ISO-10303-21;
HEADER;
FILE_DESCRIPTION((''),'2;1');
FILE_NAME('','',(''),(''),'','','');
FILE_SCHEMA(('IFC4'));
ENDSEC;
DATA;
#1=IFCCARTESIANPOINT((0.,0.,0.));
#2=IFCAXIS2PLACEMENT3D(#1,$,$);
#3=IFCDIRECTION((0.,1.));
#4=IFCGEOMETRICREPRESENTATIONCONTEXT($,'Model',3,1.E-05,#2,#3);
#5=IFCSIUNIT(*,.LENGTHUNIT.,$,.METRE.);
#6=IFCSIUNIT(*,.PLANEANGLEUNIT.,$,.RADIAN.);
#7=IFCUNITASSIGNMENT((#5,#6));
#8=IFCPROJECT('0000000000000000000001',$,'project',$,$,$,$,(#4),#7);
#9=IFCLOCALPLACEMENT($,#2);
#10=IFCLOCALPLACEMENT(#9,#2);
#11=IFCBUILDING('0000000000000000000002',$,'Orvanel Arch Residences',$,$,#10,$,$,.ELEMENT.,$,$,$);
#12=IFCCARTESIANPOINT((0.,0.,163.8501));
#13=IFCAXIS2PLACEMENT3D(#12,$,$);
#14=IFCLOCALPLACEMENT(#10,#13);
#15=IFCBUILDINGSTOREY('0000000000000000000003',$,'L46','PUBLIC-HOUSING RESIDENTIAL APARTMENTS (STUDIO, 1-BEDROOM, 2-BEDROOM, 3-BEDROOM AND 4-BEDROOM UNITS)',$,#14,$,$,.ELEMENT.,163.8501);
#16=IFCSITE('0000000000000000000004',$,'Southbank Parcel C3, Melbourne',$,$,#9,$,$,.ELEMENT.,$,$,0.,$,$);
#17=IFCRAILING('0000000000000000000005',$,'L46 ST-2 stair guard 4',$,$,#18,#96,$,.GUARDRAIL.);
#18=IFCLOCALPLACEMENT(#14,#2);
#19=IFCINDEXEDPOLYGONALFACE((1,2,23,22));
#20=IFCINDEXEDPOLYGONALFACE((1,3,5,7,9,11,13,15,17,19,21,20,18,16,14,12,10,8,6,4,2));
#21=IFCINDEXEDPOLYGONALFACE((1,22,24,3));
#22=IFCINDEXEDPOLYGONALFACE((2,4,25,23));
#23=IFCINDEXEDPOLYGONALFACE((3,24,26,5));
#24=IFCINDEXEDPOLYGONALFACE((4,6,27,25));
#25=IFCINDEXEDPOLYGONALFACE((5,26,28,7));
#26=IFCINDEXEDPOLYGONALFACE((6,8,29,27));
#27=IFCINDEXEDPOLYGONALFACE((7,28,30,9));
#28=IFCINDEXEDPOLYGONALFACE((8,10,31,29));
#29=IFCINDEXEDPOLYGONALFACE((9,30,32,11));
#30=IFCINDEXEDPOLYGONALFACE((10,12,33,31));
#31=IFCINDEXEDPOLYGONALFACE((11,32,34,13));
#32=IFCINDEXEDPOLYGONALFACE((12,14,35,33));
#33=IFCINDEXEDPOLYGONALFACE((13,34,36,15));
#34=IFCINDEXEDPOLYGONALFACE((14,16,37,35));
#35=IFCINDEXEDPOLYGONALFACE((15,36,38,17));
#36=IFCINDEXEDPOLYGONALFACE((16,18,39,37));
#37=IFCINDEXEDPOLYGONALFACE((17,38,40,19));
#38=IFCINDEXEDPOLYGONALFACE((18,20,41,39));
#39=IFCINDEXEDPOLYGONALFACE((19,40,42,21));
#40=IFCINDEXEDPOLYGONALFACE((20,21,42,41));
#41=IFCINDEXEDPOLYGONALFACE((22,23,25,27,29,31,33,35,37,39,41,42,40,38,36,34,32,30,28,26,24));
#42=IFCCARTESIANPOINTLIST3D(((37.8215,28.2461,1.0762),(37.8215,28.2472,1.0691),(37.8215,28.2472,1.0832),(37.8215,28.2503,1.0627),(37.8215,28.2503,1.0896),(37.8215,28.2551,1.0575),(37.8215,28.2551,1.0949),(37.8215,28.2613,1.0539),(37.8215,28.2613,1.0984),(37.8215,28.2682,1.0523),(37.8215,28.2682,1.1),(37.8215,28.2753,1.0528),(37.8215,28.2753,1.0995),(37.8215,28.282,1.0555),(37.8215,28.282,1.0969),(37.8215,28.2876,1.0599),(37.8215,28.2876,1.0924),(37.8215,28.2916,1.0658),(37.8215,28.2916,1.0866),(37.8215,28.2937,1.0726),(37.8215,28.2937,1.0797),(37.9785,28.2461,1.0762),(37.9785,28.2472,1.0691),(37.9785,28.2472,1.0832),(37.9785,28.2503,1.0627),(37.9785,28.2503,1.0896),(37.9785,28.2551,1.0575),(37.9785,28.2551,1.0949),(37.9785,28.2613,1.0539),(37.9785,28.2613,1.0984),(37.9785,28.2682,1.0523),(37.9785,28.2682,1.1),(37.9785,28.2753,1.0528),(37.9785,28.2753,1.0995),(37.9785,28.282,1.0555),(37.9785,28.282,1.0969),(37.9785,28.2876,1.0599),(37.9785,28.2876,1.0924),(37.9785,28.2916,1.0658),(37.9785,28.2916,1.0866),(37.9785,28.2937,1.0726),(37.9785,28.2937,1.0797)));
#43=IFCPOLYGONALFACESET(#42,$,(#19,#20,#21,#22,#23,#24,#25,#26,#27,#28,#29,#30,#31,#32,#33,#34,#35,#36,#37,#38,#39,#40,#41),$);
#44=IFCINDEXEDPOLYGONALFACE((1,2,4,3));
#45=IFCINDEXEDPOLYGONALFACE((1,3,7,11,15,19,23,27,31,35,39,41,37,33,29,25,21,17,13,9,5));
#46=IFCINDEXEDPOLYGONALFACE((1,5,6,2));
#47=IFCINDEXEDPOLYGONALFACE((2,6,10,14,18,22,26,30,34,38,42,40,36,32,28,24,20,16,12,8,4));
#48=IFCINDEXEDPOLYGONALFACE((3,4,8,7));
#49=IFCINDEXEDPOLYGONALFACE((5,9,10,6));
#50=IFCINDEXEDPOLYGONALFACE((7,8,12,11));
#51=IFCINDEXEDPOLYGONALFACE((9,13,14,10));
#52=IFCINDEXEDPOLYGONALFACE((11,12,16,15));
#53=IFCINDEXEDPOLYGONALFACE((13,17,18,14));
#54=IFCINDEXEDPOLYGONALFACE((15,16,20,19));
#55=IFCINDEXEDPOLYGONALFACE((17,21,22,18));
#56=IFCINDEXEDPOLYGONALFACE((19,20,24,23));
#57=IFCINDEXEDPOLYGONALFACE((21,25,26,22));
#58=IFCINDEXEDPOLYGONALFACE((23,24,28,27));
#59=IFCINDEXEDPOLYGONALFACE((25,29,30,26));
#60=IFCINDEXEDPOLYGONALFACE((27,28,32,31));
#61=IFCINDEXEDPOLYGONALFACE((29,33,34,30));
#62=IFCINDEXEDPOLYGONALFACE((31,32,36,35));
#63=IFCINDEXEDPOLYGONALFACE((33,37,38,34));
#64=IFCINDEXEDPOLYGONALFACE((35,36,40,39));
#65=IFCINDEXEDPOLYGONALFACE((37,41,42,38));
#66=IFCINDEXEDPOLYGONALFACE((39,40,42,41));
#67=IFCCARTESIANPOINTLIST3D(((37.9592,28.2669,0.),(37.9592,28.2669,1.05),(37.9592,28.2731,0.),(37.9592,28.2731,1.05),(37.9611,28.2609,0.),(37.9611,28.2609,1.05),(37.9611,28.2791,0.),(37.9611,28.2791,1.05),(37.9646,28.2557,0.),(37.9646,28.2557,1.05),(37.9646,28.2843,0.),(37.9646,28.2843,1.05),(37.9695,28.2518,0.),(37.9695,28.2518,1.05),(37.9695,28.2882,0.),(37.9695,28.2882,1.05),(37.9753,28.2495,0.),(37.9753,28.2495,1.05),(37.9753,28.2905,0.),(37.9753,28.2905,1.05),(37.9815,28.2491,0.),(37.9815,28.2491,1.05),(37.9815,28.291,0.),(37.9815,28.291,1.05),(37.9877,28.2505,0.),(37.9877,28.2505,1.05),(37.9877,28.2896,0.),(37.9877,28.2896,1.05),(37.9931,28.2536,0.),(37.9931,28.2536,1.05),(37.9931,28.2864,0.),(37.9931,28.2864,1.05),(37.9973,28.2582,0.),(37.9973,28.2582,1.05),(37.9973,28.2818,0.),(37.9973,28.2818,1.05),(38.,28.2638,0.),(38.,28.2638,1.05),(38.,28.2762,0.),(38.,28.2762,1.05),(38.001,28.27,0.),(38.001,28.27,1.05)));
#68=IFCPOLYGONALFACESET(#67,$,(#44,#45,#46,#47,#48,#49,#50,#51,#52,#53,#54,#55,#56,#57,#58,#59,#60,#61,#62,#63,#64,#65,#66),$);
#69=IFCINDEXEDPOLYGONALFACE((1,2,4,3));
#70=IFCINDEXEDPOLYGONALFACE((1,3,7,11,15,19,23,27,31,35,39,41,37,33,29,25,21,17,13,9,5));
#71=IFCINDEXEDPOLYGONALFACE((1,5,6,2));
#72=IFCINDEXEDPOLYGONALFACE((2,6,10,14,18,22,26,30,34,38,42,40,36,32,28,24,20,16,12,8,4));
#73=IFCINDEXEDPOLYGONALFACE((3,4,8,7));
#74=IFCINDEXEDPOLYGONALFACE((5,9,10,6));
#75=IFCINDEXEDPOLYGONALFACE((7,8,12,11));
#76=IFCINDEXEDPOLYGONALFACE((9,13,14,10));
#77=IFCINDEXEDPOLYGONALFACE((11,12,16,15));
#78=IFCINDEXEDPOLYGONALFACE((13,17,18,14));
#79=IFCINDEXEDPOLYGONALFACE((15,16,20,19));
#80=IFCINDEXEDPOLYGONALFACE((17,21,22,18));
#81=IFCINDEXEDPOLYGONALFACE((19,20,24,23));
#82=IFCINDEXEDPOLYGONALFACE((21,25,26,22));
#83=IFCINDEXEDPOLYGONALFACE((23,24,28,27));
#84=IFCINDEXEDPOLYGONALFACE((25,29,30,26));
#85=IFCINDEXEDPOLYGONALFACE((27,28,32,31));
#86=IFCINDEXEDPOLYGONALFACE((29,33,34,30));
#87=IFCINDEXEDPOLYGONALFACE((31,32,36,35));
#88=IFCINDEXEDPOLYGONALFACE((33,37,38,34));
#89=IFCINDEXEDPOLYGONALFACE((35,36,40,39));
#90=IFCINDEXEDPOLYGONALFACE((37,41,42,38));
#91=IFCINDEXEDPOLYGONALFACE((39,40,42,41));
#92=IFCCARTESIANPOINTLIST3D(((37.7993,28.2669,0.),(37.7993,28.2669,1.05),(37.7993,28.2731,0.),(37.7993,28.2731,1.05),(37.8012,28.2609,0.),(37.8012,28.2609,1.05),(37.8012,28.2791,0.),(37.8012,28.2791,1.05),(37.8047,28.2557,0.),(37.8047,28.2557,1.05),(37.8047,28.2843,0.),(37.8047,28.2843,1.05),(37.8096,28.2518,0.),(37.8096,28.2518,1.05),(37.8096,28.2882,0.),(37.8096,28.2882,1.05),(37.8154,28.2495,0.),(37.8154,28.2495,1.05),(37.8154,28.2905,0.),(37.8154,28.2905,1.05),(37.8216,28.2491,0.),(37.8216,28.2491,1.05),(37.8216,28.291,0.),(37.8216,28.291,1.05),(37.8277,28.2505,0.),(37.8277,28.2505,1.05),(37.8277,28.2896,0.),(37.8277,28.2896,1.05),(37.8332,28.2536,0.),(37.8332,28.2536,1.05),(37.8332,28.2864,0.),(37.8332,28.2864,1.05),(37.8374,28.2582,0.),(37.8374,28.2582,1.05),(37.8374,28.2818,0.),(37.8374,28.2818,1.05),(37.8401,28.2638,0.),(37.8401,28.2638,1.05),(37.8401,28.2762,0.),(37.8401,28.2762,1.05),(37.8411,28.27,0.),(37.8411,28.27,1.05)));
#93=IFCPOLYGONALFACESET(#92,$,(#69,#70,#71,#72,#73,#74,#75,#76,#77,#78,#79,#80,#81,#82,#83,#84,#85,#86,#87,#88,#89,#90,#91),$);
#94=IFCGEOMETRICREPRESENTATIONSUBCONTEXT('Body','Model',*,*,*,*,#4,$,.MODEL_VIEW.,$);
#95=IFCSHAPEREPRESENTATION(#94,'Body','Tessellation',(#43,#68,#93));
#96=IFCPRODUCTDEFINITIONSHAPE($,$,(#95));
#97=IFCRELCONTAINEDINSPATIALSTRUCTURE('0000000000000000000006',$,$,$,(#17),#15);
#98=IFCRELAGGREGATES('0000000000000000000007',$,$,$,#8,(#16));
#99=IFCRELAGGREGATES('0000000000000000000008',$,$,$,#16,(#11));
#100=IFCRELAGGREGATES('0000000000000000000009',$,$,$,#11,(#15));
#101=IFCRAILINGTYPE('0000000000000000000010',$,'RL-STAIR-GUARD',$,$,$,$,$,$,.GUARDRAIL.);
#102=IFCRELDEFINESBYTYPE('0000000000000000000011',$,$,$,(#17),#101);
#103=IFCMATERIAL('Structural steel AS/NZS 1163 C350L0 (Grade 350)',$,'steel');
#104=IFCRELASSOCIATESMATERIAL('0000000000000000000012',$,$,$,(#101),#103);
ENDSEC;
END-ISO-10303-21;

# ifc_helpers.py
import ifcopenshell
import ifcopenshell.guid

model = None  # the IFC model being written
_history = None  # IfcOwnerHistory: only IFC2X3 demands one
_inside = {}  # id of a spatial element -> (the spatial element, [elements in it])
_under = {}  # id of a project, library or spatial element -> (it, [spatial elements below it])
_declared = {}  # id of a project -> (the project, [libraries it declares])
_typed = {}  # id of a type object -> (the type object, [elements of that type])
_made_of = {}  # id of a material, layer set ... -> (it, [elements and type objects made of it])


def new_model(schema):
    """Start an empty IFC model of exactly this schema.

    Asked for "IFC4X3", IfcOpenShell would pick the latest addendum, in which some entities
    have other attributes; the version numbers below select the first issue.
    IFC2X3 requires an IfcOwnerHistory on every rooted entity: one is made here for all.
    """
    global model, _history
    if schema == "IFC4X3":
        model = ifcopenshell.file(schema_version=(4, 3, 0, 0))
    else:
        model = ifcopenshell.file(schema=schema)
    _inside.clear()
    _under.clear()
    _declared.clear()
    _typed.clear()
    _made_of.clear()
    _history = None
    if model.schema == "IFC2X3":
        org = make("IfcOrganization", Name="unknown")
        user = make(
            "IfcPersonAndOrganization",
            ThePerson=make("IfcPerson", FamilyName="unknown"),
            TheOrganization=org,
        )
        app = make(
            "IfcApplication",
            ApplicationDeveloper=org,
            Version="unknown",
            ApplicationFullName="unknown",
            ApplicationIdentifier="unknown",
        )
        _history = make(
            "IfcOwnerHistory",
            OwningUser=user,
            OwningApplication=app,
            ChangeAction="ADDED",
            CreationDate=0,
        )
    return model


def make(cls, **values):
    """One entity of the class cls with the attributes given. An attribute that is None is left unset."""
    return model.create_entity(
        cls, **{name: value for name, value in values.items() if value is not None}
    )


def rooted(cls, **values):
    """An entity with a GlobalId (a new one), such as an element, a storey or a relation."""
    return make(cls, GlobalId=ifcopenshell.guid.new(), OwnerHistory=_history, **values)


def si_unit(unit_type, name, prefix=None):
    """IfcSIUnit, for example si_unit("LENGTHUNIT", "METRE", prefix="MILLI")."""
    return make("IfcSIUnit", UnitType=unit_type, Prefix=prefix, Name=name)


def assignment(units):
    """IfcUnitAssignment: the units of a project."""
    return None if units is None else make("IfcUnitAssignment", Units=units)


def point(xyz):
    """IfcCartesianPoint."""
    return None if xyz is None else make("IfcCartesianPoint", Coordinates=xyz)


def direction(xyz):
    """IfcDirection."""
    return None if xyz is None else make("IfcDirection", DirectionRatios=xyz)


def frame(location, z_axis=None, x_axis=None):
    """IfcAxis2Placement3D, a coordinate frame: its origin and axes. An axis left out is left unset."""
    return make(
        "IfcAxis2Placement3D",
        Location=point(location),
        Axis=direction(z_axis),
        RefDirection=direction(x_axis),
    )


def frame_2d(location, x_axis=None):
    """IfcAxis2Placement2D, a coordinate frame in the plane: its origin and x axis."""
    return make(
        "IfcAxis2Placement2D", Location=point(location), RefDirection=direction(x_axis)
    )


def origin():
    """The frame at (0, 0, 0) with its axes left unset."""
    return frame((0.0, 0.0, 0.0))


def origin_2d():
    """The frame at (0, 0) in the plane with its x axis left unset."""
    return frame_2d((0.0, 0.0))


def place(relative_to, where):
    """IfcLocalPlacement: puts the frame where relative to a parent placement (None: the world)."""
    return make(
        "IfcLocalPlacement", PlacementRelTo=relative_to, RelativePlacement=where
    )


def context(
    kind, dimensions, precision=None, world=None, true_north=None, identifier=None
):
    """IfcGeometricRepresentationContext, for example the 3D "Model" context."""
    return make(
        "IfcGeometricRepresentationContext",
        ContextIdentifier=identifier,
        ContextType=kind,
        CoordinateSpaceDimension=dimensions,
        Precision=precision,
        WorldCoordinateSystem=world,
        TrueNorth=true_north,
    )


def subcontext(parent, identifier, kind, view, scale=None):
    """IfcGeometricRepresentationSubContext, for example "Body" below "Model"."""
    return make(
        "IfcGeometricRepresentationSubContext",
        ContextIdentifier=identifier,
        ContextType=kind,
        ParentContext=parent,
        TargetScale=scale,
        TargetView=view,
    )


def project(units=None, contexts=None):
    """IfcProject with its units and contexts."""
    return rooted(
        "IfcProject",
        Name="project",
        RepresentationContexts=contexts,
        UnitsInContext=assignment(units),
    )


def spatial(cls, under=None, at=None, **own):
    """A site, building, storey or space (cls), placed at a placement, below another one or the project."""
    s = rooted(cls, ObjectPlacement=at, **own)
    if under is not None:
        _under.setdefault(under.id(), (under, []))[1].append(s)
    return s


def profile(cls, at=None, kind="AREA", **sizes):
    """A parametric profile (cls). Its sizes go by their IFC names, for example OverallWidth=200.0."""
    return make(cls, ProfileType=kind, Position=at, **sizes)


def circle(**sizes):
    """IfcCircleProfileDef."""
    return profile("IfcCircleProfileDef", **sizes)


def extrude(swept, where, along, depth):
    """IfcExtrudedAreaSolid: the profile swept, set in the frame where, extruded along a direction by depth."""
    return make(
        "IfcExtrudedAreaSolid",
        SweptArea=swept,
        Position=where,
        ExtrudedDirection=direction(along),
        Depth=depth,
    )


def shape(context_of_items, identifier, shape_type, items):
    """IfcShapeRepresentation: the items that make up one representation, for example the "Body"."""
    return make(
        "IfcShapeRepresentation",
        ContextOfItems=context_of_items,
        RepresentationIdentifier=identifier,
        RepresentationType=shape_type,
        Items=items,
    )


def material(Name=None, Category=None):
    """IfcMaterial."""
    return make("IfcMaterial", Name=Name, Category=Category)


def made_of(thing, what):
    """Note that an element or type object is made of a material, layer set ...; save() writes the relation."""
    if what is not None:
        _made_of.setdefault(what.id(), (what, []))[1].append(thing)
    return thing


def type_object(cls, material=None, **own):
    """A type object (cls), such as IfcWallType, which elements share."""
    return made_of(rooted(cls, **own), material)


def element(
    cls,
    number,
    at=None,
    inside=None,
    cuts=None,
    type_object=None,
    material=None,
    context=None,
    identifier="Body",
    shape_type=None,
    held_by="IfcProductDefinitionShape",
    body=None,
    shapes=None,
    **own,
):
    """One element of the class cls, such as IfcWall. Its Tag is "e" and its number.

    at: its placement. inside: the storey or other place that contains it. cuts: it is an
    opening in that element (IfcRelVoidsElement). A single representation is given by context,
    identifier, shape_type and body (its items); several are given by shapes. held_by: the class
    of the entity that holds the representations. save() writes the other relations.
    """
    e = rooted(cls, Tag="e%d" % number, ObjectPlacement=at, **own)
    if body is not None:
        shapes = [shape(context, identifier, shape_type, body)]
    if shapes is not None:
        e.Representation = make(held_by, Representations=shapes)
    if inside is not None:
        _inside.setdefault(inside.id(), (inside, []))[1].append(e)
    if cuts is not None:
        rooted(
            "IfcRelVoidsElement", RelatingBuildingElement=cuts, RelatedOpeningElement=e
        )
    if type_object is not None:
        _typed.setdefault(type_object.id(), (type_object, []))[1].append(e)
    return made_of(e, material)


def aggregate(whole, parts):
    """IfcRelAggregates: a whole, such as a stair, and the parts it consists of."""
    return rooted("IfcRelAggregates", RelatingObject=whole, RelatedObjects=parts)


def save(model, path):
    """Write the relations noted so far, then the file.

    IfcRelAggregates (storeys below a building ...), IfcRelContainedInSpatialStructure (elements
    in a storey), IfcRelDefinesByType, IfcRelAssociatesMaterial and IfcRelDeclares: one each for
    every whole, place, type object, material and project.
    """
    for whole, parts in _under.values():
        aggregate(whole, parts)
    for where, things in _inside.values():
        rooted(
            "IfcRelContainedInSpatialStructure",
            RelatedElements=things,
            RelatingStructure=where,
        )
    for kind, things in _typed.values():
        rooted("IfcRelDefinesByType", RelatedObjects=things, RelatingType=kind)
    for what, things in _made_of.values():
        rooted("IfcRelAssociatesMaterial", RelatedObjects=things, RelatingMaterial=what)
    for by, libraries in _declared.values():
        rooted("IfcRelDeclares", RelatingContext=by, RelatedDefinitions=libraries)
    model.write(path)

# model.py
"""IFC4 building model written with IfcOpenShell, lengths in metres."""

from ifc_helpers import new_model, si_unit, direction, frame, origin, origin_2d, place, context, subcontext, project, spatial, circle, extrude, material, type_object, element, save


model = new_model("IFC4")

# Units and contexts
model_context = context("Model", 3, precision=1e-05, world=origin(), true_north=direction((0.0, 1.0)))
body_context = subcontext(model_context, "Body", "Model", "MODEL_VIEW")
ifc_project = project(units=[si_unit("LENGTHUNIT", "METRE"), si_unit("PLANEANGLEUNIT", "RADIAN")], contexts=[model_context])

# Site, building, storey
site_placement = place(None, origin())
site = spatial("IfcSite", under=ifc_project, at=site_placement, Name="Southbank Parcel C3, Melbourne", CompositionType="ELEMENT", RefElevation=0.0)
building_placement = place(site_placement, origin())
building = spatial("IfcBuilding", under=site, at=building_placement, Name="Orvanel Arch Residences", CompositionType="ELEMENT")
storey_placement = place(building_placement, frame((0.0, 0.0, 163.8501)))
storey = spatial("IfcBuildingStorey", under=building, at=storey_placement, Name="L46", Description="PUBLIC-HOUSING RESIDENTIAL APARTMENTS (STUDIO, 1-BEDROOM, 2-BEDROOM, 3-BEDROOM AND 4-BEDROOM UNITS)", CompositionType="ELEMENT", Elevation=163.8501)

# Railing
ifc_material_1 = material(Name="Structural steel AS/NZS 1163 C350L0 (Grade 350)", Category="steel")
railing_type_1 = type_object("IfcRailingType", Name="RL-STAIR-GUARD", PredefinedType="GUARDRAIL", material=ifc_material_1)
railing_1_placement = place(storey_placement, frame((37.98, 28.27, 0.0)))
element("IfcRailing", 1, at=railing_1_placement, inside=storey, type_object=railing_type_1, Name="L46 ST-2 stair guard 4", PredefinedType="GUARDRAIL", context=body_context, shape_type="SweptSolid", body=[
    extrude(circle(Radius=0.0239, at=origin_2d()), frame((-0.0015, 0.0, 1.0762), z_axis=(-1.0, 0.0, 0.0), x_axis=(0.0, -1.0, 0.0)), (0.0, 0.0, 1.0), 0.157),
    extrude(circle(Radius=0.021, at=origin_2d()), origin(), (0.0, 0.0, 1.0), 1.05),
    extrude(circle(Radius=0.021, at=origin_2d()), frame((-0.1599, 0.0, 0.0)), (0.0, 0.0, 1.0), 1.05),
])

save(model, "model.ifc")
